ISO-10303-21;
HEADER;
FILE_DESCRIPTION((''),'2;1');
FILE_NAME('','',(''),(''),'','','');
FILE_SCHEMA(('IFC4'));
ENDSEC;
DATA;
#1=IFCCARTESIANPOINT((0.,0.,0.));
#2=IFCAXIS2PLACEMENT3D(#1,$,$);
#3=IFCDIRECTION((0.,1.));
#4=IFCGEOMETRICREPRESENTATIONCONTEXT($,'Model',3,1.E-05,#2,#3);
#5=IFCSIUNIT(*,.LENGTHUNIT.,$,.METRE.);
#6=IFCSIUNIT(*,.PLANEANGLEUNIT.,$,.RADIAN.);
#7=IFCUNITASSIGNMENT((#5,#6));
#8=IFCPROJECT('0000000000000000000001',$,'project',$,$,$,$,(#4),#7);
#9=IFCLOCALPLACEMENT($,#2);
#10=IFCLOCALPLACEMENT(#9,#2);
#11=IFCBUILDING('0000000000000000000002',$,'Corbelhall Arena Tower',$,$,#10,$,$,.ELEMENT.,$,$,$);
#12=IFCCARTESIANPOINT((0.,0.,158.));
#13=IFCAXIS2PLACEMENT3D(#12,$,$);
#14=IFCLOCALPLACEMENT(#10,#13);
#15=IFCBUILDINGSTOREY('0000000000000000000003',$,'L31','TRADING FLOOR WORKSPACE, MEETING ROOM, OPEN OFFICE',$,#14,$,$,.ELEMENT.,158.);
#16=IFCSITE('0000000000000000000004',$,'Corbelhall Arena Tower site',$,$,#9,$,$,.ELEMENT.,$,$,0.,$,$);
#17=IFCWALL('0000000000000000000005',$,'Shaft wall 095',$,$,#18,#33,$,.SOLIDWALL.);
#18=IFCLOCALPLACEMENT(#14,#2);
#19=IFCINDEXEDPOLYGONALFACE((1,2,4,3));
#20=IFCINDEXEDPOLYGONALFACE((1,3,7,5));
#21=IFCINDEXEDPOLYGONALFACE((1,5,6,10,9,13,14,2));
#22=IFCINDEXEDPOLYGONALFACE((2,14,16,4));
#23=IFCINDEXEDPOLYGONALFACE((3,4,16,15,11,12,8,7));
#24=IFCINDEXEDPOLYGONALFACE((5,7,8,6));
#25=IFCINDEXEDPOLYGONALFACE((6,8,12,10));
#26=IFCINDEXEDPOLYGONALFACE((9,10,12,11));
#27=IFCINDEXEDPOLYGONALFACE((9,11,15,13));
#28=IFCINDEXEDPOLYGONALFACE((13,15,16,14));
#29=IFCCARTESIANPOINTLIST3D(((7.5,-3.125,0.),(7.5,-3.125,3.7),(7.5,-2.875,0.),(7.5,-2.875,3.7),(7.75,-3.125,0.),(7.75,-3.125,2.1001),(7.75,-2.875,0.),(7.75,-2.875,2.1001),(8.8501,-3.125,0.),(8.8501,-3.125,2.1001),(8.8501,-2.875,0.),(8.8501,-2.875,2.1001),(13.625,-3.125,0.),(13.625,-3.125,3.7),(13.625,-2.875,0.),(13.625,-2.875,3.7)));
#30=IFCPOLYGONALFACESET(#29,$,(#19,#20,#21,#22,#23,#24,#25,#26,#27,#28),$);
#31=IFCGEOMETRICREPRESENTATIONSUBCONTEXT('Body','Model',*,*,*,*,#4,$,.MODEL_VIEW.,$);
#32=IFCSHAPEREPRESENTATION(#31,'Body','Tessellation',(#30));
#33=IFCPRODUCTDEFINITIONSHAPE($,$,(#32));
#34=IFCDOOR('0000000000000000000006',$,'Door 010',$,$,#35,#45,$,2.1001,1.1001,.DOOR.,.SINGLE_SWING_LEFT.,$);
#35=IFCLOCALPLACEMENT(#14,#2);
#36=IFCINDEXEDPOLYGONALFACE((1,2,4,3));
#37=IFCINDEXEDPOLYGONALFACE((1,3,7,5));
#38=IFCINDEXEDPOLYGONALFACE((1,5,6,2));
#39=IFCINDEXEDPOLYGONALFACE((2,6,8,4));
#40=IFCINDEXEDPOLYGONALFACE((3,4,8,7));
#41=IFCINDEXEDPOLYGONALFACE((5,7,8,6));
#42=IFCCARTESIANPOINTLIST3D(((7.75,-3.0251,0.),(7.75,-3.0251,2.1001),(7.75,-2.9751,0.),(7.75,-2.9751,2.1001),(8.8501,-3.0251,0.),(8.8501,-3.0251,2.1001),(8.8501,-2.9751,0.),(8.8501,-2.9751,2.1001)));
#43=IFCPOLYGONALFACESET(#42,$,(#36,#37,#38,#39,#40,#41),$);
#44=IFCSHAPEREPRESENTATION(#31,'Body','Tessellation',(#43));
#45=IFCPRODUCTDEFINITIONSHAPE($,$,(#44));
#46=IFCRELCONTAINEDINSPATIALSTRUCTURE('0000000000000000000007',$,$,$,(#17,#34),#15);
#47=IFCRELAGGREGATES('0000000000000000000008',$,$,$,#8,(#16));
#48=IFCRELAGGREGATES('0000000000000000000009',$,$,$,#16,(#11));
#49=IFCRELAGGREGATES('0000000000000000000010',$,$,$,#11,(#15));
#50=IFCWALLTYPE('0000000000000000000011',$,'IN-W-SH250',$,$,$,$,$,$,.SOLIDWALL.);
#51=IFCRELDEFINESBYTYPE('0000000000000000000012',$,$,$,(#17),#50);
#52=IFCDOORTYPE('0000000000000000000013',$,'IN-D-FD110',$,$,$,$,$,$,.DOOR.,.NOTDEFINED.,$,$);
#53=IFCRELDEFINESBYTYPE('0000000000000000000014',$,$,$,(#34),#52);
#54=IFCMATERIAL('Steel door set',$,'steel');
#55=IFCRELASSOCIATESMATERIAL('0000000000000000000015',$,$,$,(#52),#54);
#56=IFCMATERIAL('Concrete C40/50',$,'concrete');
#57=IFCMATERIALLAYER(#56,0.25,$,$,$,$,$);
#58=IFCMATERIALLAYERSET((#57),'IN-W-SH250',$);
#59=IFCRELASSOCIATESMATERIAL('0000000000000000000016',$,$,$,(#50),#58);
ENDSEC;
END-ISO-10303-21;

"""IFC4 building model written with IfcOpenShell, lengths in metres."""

from ifc_helpers import new_model, si_unit, direction, frame, frame_2d, origin, place, context, subcontext, project, spatial, rectangle, extrude, material, layer, layer_set, type_object, element, fill, save


model = new_model("IFC4")

# Units and contexts
model_context = context("Model", 3, precision=1e-05, world=origin(), true_north=direction((0.0, 1.0)))
body_context = subcontext(model_context, "Body", "Model", "MODEL_VIEW")
ifc_project = project(units=[si_unit("LENGTHUNIT", "METRE"), si_unit("PLANEANGLEUNIT", "RADIAN")], contexts=[model_context])

# Site, building, storey
site_placement = place(None, origin())
site = spatial("IfcSite", under=ifc_project, at=site_placement, Name="Corbelhall Arena Tower site", CompositionType="ELEMENT", RefElevation=0.0)
building_placement = place(site_placement, origin())
building = spatial("IfcBuilding", under=site, at=building_placement, Name="Corbelhall Arena Tower", CompositionType="ELEMENT")
storey_placement = place(building_placement, frame((0.0, 0.0, 158.0)))
storey = spatial("IfcBuildingStorey", under=building, at=storey_placement, Name="L31", Description="TRADING FLOOR WORKSPACE, MEETING ROOM, OPEN OFFICE", CompositionType="ELEMENT", Elevation=158.0)

# Shared definitions
ifc_material_1 = material(Name="Concrete C40/50", Category="concrete")

# Shared definitions
ifc_material_2 = material(Name="Steel door set", Category="steel")
door_type = type_object("IfcDoorType", Name="IN-D-FD110", OperationType="NOTDEFINED", PredefinedType="DOOR", material=ifc_material_2)

# Wall, opening, door
ifc_layer_1 = layer(ifc_material_1, 0.25)
ifc_layer_set_1 = layer_set([ifc_layer_1], Name="IN-W-SH250")
wall_type_1 = type_object("IfcWallType", Name="IN-W-SH250", PredefinedType="SOLIDWALL", material=ifc_layer_set_1)
wall_1_placement = place(storey_placement, frame((7.5, -3.0, 0.0), z_axis=(0.0, 0.0, 1.0), x_axis=(1.0, 0.0, 0.0)))
wall_1 = element("IfcWall", 1, at=wall_1_placement, inside=storey, type_object=wall_type_1, Name="Shaft wall 095", PredefinedType="SOLIDWALL", context=body_context, shape_type="SweptSolid", body=[
    extrude(rectangle(XDim=6.125, YDim=0.25, at=frame_2d((3.0625, 0.0))), origin(), (0.0, 0.0, 1.0), 3.7),
])
opening_1_placement = place(wall_1_placement, frame((0.25, 0.0, 0.0)))
opening_1 = element("IfcOpeningElement", 2, at=opening_1_placement, cuts=wall_1, PredefinedType="OPENING", context=body_context, shape_type="SweptSolid", body=[
    extrude(rectangle(XDim=1.1001, YDim=2.1001, at=frame_2d((0.55, 1.05))), frame((0.0, 0.125, 0.0), z_axis=(0.0, -1.0, 0.0), x_axis=(1.0, 0.0, 0.0)), (0.0, 0.0, 1.0), 0.25),
])
door_1_placement = place(opening_1_placement, origin())
door_1 = element("IfcDoor", 3, at=door_1_placement, inside=storey, type_object=door_type, Name="Door 010", OperationType="SINGLE_SWING_LEFT", OverallHeight=2.1001, OverallWidth=1.1001, PredefinedType="DOOR", context=body_context, shape_type="SweptSolid", body=[
    extrude(rectangle(XDim=1.1001, YDim=2.1001, at=frame_2d((0.55, 1.05))), frame((0.0, 0.0249, 0.0), z_axis=(0.0, -1.0, 0.0), x_axis=(1.0, 0.0, 0.0)), (0.0, 0.0, 1.0), 0.05),
])
fill(opening_1, door_1)

save(model, "model.ifc")
